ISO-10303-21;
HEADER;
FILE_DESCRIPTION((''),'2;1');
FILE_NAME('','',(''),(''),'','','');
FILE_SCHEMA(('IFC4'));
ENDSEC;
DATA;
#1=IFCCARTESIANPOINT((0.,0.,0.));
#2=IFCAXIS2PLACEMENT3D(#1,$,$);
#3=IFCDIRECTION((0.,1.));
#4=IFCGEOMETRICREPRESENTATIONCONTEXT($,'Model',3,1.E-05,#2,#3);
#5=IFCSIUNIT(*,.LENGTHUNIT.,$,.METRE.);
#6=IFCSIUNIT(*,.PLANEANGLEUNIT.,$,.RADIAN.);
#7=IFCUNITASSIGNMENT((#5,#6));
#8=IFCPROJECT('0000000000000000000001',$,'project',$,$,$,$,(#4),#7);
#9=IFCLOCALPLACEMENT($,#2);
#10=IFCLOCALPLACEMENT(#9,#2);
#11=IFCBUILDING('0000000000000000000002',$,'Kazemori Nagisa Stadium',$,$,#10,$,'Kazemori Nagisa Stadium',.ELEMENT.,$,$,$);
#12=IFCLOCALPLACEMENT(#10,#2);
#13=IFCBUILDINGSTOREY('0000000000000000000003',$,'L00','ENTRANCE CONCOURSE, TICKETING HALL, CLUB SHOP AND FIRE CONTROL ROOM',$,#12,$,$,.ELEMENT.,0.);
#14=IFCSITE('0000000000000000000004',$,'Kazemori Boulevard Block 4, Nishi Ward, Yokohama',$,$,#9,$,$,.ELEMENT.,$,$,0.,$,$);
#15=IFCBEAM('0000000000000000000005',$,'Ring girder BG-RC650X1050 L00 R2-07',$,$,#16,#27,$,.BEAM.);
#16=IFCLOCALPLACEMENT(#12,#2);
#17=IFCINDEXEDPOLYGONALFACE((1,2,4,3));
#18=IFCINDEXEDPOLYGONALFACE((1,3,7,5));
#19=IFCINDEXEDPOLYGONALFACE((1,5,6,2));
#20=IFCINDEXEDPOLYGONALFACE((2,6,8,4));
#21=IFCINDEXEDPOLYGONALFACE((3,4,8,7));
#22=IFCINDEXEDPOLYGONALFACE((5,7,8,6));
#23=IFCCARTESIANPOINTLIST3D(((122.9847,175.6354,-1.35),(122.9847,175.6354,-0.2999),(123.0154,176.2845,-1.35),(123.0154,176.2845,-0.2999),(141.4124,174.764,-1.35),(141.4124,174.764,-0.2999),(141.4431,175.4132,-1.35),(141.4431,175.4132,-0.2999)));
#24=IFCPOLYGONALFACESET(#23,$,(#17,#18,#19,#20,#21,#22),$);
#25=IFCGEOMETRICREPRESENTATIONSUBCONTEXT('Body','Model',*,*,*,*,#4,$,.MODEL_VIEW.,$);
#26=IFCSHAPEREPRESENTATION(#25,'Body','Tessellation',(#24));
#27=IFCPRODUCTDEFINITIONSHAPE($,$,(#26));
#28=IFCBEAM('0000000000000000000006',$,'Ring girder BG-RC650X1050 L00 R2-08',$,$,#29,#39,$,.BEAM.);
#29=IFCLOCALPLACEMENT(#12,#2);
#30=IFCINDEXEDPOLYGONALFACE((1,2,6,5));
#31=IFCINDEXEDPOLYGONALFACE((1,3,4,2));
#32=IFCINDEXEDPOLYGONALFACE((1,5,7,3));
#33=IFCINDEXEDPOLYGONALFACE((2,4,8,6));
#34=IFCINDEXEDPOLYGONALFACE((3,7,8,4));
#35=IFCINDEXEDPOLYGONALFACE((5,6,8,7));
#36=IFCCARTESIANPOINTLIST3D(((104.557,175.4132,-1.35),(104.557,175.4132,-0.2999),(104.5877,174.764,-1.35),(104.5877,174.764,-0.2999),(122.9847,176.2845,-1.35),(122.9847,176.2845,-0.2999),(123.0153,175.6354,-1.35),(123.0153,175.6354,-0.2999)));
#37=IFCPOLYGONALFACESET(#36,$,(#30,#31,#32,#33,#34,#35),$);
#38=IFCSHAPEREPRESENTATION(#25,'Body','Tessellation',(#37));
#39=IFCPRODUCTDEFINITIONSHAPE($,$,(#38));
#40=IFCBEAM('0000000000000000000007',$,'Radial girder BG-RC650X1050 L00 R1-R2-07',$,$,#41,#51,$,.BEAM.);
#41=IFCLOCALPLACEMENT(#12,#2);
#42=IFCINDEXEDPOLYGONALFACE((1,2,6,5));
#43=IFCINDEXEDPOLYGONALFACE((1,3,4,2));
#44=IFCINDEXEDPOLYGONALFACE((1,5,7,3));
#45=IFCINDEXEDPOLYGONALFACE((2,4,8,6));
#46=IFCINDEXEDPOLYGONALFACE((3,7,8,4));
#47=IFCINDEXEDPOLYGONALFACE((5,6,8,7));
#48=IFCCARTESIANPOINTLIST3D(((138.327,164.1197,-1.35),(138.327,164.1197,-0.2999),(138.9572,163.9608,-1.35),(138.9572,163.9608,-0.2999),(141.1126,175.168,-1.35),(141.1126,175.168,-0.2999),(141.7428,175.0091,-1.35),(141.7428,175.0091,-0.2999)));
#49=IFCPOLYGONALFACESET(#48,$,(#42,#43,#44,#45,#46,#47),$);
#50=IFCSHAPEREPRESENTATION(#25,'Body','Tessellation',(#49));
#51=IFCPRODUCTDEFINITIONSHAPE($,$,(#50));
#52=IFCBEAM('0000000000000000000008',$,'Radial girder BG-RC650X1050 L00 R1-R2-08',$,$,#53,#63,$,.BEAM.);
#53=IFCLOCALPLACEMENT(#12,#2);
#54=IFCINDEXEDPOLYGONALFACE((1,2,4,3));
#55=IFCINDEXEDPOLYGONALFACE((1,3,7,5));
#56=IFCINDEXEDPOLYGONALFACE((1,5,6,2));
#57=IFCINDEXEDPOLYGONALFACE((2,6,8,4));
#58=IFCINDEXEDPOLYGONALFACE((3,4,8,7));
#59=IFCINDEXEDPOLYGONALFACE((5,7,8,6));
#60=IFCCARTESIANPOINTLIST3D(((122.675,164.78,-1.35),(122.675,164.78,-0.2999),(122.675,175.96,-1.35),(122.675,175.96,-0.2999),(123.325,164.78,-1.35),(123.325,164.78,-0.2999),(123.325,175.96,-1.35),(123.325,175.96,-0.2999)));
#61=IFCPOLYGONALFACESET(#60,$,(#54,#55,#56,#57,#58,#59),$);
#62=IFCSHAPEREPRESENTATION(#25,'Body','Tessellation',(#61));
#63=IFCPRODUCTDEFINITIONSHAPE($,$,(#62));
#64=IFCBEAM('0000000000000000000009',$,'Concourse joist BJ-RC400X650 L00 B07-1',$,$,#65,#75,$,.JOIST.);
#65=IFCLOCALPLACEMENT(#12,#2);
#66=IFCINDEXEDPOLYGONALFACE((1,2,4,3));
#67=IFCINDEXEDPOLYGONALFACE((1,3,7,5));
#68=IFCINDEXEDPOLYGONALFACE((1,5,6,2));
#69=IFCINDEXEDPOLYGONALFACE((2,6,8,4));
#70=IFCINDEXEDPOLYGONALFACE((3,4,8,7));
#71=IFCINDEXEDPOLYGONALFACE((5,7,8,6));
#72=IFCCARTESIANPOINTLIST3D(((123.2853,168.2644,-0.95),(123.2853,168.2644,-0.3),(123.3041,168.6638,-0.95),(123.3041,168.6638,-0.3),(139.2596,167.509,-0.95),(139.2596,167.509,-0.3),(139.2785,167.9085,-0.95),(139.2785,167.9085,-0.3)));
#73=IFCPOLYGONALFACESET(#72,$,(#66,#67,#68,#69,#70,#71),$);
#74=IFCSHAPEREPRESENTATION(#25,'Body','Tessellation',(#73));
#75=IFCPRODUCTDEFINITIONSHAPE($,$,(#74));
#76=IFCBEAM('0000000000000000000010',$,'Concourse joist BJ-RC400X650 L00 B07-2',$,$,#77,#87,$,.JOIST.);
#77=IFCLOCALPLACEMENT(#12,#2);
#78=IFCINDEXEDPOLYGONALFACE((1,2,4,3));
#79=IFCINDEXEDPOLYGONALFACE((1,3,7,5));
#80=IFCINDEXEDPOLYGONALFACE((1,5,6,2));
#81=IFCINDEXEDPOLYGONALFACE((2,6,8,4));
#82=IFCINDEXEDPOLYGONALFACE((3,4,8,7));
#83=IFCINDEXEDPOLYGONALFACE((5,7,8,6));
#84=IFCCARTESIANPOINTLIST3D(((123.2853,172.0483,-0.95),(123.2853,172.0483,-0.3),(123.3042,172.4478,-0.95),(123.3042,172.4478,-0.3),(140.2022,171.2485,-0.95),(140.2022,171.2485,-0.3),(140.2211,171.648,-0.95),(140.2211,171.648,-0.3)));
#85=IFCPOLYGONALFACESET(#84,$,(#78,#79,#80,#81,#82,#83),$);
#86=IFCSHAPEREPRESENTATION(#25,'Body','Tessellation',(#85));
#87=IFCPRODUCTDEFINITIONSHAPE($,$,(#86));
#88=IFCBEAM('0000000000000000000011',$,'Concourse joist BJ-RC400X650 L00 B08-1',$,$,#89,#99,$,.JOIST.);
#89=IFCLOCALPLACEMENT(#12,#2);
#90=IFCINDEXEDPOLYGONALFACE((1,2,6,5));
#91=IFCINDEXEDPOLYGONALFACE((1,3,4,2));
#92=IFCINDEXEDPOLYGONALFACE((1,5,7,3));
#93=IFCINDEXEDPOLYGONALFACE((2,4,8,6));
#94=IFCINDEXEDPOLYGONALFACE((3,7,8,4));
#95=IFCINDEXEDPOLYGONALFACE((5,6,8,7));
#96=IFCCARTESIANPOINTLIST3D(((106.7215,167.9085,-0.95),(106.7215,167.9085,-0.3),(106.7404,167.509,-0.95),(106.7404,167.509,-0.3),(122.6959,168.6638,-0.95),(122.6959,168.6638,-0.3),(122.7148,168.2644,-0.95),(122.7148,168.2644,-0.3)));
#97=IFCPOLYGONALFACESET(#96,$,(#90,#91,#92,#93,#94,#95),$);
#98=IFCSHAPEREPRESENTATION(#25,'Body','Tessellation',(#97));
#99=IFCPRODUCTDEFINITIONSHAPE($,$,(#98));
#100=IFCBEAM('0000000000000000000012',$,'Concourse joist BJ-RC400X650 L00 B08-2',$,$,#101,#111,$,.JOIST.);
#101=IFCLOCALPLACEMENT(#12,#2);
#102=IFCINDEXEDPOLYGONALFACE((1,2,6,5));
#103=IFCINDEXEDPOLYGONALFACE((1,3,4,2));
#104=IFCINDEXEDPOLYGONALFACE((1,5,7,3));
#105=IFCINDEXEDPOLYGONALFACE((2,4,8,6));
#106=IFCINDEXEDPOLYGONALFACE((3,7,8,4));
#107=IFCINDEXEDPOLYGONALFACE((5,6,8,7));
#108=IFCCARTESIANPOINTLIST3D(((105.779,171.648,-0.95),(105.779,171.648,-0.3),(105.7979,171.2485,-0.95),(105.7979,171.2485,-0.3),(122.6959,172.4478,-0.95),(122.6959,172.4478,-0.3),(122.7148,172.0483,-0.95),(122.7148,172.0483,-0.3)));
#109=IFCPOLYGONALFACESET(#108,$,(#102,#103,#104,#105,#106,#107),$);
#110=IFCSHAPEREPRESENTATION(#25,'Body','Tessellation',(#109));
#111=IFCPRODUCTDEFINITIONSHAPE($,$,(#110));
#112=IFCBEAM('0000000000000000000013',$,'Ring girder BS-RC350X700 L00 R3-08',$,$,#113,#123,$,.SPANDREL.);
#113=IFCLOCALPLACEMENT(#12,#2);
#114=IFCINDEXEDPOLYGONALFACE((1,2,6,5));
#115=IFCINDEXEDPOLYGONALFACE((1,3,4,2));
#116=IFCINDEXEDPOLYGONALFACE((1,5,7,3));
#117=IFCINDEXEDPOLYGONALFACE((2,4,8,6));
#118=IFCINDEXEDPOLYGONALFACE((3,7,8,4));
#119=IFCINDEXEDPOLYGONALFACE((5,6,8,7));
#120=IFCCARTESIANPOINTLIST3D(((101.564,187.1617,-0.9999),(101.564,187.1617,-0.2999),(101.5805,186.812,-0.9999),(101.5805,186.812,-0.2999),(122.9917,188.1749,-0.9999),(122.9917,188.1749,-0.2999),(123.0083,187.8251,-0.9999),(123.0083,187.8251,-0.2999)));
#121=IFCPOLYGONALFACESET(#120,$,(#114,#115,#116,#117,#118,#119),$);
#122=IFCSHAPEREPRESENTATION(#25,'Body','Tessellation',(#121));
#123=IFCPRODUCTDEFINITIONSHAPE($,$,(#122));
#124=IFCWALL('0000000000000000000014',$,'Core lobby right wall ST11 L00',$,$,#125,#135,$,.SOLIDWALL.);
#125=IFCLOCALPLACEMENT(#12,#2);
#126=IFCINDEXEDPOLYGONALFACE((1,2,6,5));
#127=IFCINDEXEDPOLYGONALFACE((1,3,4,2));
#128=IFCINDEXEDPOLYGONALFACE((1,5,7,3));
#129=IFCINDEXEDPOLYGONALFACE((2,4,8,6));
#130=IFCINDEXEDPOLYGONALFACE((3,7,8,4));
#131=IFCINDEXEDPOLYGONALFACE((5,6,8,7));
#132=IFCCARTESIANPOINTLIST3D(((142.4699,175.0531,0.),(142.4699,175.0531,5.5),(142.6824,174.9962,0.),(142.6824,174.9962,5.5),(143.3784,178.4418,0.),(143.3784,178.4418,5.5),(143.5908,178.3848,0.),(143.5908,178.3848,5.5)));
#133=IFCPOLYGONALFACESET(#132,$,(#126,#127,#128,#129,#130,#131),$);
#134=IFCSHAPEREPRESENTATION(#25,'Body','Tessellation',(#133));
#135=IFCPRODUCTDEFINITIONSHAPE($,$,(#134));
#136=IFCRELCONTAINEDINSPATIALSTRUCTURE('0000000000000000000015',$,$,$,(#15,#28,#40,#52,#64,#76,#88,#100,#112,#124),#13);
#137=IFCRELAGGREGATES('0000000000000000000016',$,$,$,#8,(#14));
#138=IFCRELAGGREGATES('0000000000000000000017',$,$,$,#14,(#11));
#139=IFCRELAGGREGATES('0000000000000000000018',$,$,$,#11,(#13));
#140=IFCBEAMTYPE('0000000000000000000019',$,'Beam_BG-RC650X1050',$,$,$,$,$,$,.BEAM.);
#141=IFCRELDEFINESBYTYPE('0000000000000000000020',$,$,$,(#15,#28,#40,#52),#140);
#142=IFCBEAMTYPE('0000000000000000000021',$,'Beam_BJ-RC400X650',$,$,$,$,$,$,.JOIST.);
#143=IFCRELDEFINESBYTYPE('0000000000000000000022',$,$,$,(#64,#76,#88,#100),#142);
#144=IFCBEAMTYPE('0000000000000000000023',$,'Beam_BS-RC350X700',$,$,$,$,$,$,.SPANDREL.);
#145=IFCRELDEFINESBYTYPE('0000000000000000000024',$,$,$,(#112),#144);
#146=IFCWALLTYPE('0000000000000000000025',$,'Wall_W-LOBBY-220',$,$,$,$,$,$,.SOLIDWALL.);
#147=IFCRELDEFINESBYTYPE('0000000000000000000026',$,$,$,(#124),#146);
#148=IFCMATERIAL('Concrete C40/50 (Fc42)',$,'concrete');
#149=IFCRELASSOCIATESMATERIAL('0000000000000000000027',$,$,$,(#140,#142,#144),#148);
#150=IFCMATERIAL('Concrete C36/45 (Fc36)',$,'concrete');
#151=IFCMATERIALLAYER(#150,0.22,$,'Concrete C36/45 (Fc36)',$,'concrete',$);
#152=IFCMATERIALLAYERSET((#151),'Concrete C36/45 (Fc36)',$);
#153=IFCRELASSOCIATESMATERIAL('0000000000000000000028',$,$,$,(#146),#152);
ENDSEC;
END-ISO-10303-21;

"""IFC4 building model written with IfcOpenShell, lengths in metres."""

from ifc_helpers import new_model, si_unit, direction, frame, frame_2d, origin, origin_2d, place, context, subcontext, project, spatial, rectangle, extrude, material, layer, layer_set, material_profile, profile_set, type_object, element, save


model = new_model("IFC4")

# Units and contexts
model_context = context("Model", 3, precision=1e-05, world=origin(), true_north=direction((0.0, 1.0)))
body_context = subcontext(model_context, "Body", "Model", "MODEL_VIEW")
ifc_project = project(units=[si_unit("LENGTHUNIT", "METRE"), si_unit("PLANEANGLEUNIT", "RADIAN")], contexts=[model_context])

# Site, building, storey
site_placement = place(None, origin())
site = spatial("IfcSite", under=ifc_project, at=site_placement, Name="Kazemori Boulevard Block 4, Nishi Ward, Yokohama", CompositionType="ELEMENT", RefElevation=0.0)
building_placement = place(site_placement, origin())
building = spatial("IfcBuilding", under=site, at=building_placement, Name="Kazemori Nagisa Stadium", LongName="Kazemori Nagisa Stadium", CompositionType="ELEMENT")
storey_placement = place(building_placement, origin())
storey = spatial("IfcBuildingStorey", under=building, at=storey_placement, Name="L00", Description="ENTRANCE CONCOURSE, TICKETING HALL, CLUB SHOP AND FIRE CONTROL ROOM", CompositionType="ELEMENT", Elevation=0.0)

# Shared definitions
ifc_material_1 = material(Name="Concrete C40/50 (Fc42)", Category="concrete")

# Beams
ifc_material_profile_1 = material_profile(ifc_material_1, rectangle(XDim=0.6499, YDim=1.05, at=origin_2d()), Name="RC-BM-650x1050")
ifc_profile_set_1 = profile_set([ifc_material_profile_1], Name="Concrete C40/50 (Fc42)")
beam_type_1 = type_object("IfcBeamType", Name="Beam_BG-RC650X1050", PredefinedType="BEAM", material=ifc_profile_set_1)
for number, where, z_axis, x_axis, name in (
    (1, (141.4277, 175.0886, -0.825), (-0.998884, 0.047231, 0.0), (-0.047231, -0.998884, 0.0), "Ring girder BG-RC650X1050 L00 R2-07"),
    (2, (123.0, 175.96, -0.825), (-0.998884, -0.047231, 0.0), (0.047231, -0.998884, 0.0), "Ring girder BG-RC650X1050 L00 R2-08"),
):
    element("IfcBeam", number, at=place(storey_placement, frame(where, z_axis=z_axis, x_axis=x_axis)), inside=storey, type_object=beam_type_1, Name=name, PredefinedType="BEAM", context=body_context, shape_type="SweptSolid", body=[
        extrude(rectangle(XDim=0.6499, YDim=1.05, at=origin_2d()), origin(), (0.0, 0.0, 1.0), 18.4482),
    ])
beam_1_placement = place(storey_placement, frame((138.6421, 164.0403, -0.825), z_axis=(0.244481, 0.969654, 0.0), x_axis=(-0.969654, 0.244481, 0.0)))
element("IfcBeam", 3, at=beam_1_placement, inside=storey, type_object=beam_type_1, Name="Radial girder BG-RC650X1050 L00 R1-R2-07", PredefinedType="BEAM", context=body_context, shape_type="SweptSolid", body=[
    extrude(rectangle(XDim=0.6499, YDim=1.05, at=origin_2d()), origin(), (0.0, 0.0, 1.0), 11.394),
])
beam_2_placement = place(storey_placement, frame((123.0, 164.78, -0.825), z_axis=(0.0, 1.0, 0.0), x_axis=(-1.0, 0.0, 0.0)))
element("IfcBeam", 4, at=beam_2_placement, inside=storey, type_object=beam_type_1, Name="Radial girder BG-RC650X1050 L00 R1-R2-08", PredefinedType="BEAM", context=body_context, shape_type="SweptSolid", body=[
    extrude(rectangle(XDim=0.6499, YDim=1.05, at=origin_2d()), origin(), (0.0, 0.0, 1.0), 11.1799),
])
ifc_material_profile_2 = material_profile(ifc_material_1, rectangle(XDim=0.3999, YDim=0.6499, at=origin_2d()), Name="RC-BM-400x650")
ifc_profile_set_2 = profile_set([ifc_material_profile_2], Name="Concrete C40/50 (Fc42)")
beam_type_2 = type_object("IfcBeamType", Name="Beam_BJ-RC400X650", PredefinedType="JOIST", material=ifc_profile_set_2)
beam_3_placement = place(storey_placement, frame((139.269, 167.7087, -0.625), z_axis=(-0.998884, 0.047234, 0.0), x_axis=(-0.047234, -0.998884, 0.0)))
element("IfcBeam", 5, at=beam_3_placement, inside=storey, type_object=beam_type_2, Name="Concourse joist BJ-RC400X650 L00 B07-1", PredefinedType="JOIST", context=body_context, shape_type="SweptSolid", body=[
    extrude(rectangle(XDim=0.3999, YDim=0.6499, at=origin_2d()), origin(), (0.0, 0.0, 1.0), 15.9922),
])
beam_4_placement = place(storey_placement, frame((140.2117, 171.4482, -0.625), z_axis=(-0.998884, 0.047225, 0.0), x_axis=(-0.047225, -0.998884, 0.0)))
element("IfcBeam", 6, at=beam_4_placement, inside=storey, type_object=beam_type_2, Name="Concourse joist BJ-RC400X650 L00 B07-2", PredefinedType="JOIST", context=body_context, shape_type="SweptSolid", body=[
    extrude(rectangle(XDim=0.3999, YDim=0.6499, at=origin_2d()), origin(), (0.0, 0.0, 1.0), 16.9358),
])
beam_5_placement = place(storey_placement, frame((122.7053, 168.4641, -0.625), z_axis=(-0.998884, -0.047234, 0.0), x_axis=(0.047234, -0.998884, 0.0)))
element("IfcBeam", 7, at=beam_5_placement, inside=storey, type_object=beam_type_2, Name="Concourse joist BJ-RC400X650 L00 B08-1", PredefinedType="JOIST", context=body_context, shape_type="SweptSolid", body=[
    extrude(rectangle(XDim=0.3999, YDim=0.6499, at=origin_2d()), origin(), (0.0, 0.0, 1.0), 15.9922),
])
beam_6_placement = place(storey_placement, frame((122.7053, 172.248, -0.625), z_axis=(-0.998884, -0.047225, 0.0), x_axis=(0.047225, -0.998884, 0.0)))
element("IfcBeam", 8, at=beam_6_placement, inside=storey, type_object=beam_type_2, Name="Concourse joist BJ-RC400X650 L00 B08-2", PredefinedType="JOIST", context=body_context, shape_type="SweptSolid", body=[
    extrude(rectangle(XDim=0.3999, YDim=0.6499, at=origin_2d()), origin(), (0.0, 0.0, 1.0), 16.9358),
])
ifc_material_profile_3 = material_profile(ifc_material_1, rectangle(XDim=0.3501, YDim=0.7, at=origin_2d()), Name="RC-SP-350x700")
ifc_profile_set_3 = profile_set([ifc_material_profile_3], Name="Concrete C40/50 (Fc42)")
beam_type_3 = type_object("IfcBeamType", Name="Beam_BS-RC350X700", PredefinedType="SPANDREL", material=ifc_profile_set_3)
beam_7_placement = place(storey_placement, frame((123.0, 188.0, -0.6499), z_axis=(-0.998884, -0.047231, 0.0), x_axis=(0.047231, -0.998884, 0.0)))
element("IfcBeam", 9, at=beam_7_placement, inside=storey, type_object=beam_type_3, Name="Ring girder BS-RC350X700 L00 R3-08", PredefinedType="SPANDREL", context=body_context, shape_type="SweptSolid", body=[
    extrude(rectangle(XDim=0.3501, YDim=0.7, at=origin_2d()), origin(), (0.0, 0.0, 1.0), 21.4517),
])

# Wall
ifc_material_2 = material(Name="Concrete C36/45 (Fc36)", Category="concrete")
ifc_layer = layer(ifc_material_2, 0.22, Name="Concrete C36/45 (Fc36)", Category="concrete")
ifc_layer_set = layer_set([ifc_layer], Name="Concrete C36/45 (Fc36)")
wall_type = type_object("IfcWallType", Name="Wall_W-LOBBY-220", PredefinedType="SOLIDWALL", material=ifc_layer_set)
wall_placement = place(storey_placement, frame((142.5762, 175.0247, 0.0), z_axis=(0.0, 0.0, 1.0), x_axis=(0.25894, 0.965893, 0.0)))
element("IfcWall", 10, at=wall_placement, inside=storey, type_object=wall_type, Name="Core lobby right wall ST11 L00", PredefinedType="SOLIDWALL", context=body_context, shape_type="SweptSolid", body=[
    extrude(rectangle(XDim=3.5083, YDim=0.22, at=frame_2d((1.7542, 0.0))), origin(), (0.0, 0.0, 1.0), 5.5),
])

save(model, "model.ifc")
